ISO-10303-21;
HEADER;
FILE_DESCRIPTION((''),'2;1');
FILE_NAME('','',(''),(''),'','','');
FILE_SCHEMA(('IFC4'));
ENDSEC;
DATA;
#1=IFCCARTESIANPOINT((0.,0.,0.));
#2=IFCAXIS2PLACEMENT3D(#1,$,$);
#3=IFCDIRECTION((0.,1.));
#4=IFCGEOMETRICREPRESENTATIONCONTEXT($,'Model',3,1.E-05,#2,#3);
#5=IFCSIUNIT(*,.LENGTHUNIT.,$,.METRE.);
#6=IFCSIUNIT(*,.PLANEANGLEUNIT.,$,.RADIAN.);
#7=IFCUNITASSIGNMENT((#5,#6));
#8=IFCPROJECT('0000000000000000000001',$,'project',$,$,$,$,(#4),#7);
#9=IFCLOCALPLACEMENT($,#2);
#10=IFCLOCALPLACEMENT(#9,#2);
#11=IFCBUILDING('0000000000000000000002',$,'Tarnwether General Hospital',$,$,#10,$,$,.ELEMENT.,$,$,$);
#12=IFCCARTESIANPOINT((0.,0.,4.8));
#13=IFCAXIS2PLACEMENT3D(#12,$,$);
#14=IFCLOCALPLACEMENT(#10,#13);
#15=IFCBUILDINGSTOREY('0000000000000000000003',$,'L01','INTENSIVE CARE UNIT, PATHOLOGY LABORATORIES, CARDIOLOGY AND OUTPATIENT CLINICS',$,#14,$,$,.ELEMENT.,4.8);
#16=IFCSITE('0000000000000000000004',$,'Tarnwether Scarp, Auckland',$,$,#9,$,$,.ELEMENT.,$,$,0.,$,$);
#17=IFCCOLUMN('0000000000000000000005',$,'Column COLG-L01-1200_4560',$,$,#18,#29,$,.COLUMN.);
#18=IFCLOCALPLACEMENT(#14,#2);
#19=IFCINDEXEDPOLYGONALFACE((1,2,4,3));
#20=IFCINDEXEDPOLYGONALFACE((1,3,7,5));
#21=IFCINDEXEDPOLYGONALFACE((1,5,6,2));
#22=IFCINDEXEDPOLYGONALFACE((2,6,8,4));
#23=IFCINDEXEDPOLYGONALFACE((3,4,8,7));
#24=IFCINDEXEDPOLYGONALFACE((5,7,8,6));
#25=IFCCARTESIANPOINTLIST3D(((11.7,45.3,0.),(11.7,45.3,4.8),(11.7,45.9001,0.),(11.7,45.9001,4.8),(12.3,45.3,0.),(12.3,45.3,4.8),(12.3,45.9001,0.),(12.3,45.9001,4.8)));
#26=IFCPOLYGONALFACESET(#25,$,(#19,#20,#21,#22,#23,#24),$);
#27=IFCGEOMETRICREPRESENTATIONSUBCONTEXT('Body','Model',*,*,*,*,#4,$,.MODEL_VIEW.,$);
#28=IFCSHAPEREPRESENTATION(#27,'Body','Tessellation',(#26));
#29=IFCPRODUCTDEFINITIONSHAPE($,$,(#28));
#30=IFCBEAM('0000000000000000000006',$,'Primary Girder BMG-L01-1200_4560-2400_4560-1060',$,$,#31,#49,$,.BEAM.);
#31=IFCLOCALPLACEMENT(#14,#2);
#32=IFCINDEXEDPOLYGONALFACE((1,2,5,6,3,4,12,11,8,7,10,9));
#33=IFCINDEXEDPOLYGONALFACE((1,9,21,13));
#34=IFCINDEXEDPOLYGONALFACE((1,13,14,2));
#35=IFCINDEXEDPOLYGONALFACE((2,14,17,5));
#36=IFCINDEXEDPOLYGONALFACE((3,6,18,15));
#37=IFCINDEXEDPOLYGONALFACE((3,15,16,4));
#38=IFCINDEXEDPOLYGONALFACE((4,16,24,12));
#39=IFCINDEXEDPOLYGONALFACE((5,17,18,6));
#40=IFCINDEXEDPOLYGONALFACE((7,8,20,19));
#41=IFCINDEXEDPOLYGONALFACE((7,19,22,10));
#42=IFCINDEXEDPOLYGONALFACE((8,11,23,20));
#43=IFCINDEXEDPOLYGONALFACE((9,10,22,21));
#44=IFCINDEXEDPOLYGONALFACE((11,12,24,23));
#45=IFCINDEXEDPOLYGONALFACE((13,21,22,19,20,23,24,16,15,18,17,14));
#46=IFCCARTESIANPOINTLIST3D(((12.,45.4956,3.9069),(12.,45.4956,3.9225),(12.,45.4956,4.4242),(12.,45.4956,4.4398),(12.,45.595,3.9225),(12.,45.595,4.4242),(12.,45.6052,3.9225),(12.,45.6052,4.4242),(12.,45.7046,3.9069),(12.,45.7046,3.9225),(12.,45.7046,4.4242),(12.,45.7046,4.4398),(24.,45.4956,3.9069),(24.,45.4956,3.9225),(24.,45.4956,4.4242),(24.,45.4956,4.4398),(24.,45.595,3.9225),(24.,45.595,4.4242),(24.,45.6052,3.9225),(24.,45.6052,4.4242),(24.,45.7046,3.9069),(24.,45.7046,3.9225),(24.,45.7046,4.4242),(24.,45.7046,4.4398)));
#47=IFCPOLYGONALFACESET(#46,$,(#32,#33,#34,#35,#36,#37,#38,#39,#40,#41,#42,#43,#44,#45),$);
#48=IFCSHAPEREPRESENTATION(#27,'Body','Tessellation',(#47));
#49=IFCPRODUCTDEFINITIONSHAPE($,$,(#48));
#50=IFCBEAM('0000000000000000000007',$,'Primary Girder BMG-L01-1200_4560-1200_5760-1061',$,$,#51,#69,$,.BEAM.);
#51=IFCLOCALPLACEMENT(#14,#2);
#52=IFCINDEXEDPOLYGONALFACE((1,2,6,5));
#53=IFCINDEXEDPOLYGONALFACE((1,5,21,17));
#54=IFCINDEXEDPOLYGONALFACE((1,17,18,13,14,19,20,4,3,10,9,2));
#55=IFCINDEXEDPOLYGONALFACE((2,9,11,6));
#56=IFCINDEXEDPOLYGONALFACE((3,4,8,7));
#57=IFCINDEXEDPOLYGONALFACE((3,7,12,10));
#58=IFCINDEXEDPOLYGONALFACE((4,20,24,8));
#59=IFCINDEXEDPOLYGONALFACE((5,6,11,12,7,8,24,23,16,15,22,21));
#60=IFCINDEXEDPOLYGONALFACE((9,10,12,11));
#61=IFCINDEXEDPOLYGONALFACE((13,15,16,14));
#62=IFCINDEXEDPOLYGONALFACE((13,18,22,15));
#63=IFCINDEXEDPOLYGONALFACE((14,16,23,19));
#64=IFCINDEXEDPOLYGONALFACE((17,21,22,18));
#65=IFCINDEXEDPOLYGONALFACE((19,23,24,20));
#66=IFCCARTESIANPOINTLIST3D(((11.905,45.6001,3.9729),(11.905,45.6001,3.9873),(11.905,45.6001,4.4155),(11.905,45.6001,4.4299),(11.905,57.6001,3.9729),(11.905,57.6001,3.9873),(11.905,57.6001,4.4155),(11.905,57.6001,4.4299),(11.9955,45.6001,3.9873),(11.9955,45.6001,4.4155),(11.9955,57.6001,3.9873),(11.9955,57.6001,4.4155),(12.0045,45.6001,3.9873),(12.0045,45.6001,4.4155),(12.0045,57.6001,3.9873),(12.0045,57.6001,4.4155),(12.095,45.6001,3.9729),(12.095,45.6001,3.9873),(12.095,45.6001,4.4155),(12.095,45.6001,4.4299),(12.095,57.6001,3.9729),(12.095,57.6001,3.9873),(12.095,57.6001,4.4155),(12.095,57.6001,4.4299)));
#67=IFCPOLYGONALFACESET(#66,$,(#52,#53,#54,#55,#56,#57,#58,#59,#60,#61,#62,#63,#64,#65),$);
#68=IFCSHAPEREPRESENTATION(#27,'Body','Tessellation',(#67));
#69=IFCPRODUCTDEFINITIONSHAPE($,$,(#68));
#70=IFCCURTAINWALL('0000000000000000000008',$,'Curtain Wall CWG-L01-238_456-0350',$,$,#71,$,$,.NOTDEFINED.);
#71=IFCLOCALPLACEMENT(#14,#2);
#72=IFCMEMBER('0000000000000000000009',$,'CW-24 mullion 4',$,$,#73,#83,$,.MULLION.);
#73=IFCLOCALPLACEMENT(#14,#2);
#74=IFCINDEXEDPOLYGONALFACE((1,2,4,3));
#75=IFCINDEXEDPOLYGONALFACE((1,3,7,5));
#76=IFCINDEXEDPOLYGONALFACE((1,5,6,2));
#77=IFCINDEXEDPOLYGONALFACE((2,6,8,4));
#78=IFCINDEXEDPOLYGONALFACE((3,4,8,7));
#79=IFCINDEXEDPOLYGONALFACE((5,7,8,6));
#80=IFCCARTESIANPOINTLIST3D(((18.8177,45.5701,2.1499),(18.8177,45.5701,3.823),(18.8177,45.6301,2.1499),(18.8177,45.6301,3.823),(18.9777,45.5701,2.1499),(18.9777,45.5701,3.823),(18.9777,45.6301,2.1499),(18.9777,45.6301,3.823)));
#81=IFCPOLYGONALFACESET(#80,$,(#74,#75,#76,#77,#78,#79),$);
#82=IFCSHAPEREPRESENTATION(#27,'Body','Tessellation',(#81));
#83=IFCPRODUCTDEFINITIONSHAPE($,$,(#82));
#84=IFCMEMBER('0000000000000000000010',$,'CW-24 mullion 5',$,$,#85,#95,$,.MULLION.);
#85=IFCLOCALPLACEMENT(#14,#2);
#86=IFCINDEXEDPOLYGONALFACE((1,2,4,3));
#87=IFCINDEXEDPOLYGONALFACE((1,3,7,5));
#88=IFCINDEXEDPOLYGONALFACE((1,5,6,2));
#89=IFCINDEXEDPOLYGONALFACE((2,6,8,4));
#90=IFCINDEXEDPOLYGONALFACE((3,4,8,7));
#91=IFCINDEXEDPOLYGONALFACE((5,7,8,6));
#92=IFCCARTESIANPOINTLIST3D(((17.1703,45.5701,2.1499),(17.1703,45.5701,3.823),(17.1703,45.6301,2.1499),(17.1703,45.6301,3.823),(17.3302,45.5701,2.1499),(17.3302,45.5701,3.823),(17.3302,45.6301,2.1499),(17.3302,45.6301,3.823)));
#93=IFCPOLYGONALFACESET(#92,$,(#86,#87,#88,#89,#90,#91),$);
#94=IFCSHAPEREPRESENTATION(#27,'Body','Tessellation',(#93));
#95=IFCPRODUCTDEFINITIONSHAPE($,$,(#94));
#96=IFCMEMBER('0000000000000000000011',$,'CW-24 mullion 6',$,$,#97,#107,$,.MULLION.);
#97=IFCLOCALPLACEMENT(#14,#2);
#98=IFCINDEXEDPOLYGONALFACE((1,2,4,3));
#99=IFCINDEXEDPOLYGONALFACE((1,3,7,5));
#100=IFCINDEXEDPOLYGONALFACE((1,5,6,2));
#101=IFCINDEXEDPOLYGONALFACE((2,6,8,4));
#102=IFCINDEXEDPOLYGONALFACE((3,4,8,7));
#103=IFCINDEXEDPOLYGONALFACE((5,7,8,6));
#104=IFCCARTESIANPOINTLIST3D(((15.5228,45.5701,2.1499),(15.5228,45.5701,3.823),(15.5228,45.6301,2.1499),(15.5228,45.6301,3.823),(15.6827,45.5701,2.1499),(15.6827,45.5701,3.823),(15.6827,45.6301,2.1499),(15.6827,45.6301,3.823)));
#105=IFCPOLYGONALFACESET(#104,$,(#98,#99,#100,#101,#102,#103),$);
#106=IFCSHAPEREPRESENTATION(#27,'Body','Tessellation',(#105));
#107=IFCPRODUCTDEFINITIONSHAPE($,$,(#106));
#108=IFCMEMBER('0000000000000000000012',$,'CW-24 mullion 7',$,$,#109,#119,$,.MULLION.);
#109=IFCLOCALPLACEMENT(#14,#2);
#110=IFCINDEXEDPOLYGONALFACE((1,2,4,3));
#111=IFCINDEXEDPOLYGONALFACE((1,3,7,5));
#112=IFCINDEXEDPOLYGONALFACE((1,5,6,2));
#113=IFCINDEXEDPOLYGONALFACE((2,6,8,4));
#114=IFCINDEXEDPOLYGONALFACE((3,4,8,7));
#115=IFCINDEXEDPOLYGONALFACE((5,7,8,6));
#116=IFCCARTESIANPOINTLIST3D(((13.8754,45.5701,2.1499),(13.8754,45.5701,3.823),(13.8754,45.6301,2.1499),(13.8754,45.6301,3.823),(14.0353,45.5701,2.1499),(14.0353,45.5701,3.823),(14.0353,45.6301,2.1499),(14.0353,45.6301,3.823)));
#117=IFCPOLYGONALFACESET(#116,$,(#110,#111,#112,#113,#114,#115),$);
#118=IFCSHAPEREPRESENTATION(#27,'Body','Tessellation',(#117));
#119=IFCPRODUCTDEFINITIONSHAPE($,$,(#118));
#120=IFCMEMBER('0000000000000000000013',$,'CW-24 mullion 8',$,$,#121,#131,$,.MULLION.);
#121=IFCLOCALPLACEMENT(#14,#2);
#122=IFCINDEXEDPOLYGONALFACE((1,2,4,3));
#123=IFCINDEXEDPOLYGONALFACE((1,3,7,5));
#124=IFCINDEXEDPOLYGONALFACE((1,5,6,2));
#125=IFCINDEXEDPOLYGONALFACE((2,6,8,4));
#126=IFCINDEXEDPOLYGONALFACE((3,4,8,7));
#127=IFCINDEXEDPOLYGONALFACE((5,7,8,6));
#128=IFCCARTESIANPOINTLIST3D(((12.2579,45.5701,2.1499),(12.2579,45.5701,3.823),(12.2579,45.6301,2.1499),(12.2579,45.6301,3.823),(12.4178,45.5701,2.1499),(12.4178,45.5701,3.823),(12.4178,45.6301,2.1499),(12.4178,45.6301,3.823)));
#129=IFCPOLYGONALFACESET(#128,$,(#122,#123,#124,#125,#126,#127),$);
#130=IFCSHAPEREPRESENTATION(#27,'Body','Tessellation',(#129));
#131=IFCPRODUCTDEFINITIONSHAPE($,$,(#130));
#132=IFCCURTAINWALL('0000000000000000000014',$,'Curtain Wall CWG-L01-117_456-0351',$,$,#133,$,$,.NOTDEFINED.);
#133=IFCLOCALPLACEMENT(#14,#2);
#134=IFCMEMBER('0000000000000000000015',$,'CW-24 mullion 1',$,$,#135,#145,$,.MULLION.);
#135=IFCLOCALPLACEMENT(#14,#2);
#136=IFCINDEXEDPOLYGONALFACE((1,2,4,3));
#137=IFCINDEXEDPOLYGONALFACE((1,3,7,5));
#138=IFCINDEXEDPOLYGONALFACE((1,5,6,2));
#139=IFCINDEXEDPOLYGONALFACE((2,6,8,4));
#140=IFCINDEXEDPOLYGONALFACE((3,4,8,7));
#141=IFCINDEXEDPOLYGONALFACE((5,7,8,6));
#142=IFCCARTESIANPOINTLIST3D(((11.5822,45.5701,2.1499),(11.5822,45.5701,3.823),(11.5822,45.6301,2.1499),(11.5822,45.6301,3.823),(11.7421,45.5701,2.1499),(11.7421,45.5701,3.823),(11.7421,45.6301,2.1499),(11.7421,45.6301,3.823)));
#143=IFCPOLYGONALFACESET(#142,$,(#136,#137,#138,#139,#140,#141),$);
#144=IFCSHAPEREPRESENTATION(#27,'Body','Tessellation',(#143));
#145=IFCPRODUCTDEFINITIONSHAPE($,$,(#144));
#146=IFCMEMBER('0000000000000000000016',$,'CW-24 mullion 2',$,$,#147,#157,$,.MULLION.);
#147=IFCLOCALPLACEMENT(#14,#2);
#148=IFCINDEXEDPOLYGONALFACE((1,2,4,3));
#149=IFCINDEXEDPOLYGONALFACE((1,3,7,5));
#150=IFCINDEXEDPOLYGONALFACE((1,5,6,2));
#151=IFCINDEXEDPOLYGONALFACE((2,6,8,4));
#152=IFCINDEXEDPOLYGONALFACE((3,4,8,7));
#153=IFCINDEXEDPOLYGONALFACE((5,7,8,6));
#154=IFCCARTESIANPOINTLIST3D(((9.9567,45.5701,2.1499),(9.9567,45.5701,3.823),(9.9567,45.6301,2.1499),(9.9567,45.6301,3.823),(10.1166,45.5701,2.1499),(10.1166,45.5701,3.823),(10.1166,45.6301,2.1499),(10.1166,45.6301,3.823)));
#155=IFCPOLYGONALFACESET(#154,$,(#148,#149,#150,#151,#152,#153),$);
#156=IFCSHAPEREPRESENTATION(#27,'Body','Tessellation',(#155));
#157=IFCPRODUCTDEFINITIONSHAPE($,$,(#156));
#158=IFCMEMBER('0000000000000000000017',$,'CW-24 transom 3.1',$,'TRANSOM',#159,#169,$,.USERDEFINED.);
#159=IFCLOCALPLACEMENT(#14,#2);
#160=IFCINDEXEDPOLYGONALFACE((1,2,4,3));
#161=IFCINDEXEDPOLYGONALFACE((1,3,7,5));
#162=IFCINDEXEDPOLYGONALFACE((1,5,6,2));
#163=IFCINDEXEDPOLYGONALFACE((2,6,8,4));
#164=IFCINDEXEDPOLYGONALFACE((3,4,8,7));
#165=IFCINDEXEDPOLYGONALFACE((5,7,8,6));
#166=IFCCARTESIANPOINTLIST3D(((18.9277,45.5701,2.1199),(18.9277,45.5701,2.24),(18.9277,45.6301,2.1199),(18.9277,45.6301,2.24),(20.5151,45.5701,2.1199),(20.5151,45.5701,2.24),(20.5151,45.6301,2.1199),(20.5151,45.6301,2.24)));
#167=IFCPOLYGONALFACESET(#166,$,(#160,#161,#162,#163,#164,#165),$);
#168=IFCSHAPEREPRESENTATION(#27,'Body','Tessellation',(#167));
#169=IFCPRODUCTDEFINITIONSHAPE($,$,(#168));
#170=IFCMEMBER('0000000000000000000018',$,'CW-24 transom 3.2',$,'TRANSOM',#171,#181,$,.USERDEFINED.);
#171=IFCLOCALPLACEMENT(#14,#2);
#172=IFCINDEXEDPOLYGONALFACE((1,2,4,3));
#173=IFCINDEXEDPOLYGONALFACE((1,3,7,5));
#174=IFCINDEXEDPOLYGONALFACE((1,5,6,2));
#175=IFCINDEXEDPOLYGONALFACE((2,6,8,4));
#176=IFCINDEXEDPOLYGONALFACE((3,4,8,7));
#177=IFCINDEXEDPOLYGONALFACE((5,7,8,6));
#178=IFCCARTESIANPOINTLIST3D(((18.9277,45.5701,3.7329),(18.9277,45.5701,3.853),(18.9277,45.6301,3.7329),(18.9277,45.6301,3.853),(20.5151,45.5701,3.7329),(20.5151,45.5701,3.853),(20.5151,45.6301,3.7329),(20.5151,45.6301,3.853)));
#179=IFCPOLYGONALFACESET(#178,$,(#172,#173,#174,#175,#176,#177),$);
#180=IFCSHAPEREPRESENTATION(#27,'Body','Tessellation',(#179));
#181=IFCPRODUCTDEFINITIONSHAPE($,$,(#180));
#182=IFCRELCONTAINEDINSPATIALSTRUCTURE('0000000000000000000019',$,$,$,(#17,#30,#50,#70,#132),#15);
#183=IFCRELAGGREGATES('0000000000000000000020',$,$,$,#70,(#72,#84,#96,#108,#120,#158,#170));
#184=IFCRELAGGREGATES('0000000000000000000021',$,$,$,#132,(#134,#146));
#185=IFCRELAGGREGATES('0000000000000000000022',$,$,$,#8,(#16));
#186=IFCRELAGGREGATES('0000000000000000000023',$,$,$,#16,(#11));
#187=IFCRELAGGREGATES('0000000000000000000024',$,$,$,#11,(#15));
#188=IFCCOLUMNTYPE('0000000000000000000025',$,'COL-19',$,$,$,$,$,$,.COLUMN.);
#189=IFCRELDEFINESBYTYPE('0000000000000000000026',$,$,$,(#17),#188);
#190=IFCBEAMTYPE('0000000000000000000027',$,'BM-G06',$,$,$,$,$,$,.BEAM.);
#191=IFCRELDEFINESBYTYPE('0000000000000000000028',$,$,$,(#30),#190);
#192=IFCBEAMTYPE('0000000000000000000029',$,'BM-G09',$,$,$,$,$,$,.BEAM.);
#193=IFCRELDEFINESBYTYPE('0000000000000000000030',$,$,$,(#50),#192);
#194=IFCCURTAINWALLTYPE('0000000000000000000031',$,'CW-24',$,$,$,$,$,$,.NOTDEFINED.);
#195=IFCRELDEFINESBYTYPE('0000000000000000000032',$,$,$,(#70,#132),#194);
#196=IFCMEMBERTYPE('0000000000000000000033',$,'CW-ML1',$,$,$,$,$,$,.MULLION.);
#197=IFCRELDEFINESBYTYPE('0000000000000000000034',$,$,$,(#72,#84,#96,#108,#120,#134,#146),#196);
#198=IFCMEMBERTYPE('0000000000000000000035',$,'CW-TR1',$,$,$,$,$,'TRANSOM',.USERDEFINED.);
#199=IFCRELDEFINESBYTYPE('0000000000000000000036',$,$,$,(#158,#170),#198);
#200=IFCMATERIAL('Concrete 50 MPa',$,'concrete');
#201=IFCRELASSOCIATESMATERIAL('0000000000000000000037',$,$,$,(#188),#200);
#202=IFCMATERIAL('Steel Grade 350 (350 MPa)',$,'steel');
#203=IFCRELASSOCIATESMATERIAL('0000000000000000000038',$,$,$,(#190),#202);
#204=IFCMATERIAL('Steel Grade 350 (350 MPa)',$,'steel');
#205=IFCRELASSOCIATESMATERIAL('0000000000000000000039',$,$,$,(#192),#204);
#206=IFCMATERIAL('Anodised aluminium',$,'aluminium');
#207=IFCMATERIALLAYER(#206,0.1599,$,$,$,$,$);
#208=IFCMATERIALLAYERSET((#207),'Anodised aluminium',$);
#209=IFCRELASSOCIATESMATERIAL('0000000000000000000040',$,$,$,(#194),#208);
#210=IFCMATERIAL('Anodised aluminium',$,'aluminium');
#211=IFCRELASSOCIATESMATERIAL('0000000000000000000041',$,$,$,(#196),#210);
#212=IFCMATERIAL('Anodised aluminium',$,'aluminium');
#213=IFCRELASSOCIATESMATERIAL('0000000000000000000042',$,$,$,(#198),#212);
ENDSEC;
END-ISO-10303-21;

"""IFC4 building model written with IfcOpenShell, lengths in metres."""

from ifc_helpers import new_model, si_unit, direction, frame, origin, origin_2d, place, context, subcontext, project, spatial, rectangle, i_section, extrude, material, layer, layer_set, material_profile, profile_set, type_object, element, aggregate, save


model = new_model("IFC4")

# Units and contexts
model_context = context("Model", 3, precision=1e-05, world=origin(), true_north=direction((0.0, 1.0)))
body_context = subcontext(model_context, "Body", "Model", "MODEL_VIEW")
ifc_project = project(units=[si_unit("LENGTHUNIT", "METRE"), si_unit("PLANEANGLEUNIT", "RADIAN")], contexts=[model_context])

# Site, building, storey
site_placement = place(None, origin())
site = spatial("IfcSite", under=ifc_project, at=site_placement, Name="Tarnwether Scarp, Auckland", CompositionType="ELEMENT", RefElevation=0.0)
building_placement = place(site_placement, origin())
building = spatial("IfcBuilding", under=site, at=building_placement, Name="Tarnwether General Hospital", CompositionType="ELEMENT")
storey_placement = place(building_placement, frame((0.0, 0.0, 4.8)))
storey = spatial("IfcBuildingStorey", under=building, at=storey_placement, Name="L01", Description="INTENSIVE CARE UNIT, PATHOLOGY LABORATORIES, CARDIOLOGY AND OUTPATIENT CLINICS", CompositionType="ELEMENT", Elevation=4.8)

# Column
ifc_material_1 = material(Name="Concrete 50 MPa", Category="concrete")
ifc_material_profile_1 = material_profile(ifc_material_1, rectangle(XDim=0.6001, YDim=0.6001, at=origin_2d()), Name="RC-COL-600x600")
ifc_profile_set_1 = profile_set([ifc_material_profile_1], Name="Concrete 50 MPa")
column_type = type_object("IfcColumnType", Name="COL-19", PredefinedType="COLUMN", material=ifc_profile_set_1)
column_placement = place(storey_placement, frame((12.0, 45.6001, 0.0), z_axis=(0.0, 0.0, 1.0), x_axis=(0.0, 1.0, 0.0)))
element("IfcColumn", 1, at=column_placement, inside=storey, type_object=column_type, Name="Column COLG-L01-1200_4560", PredefinedType="COLUMN", context=body_context, shape_type="SweptSolid", body=[
    extrude(rectangle(XDim=0.6001, YDim=0.6001, at=origin_2d()), origin(), (0.0, 0.0, 1.0), 4.8),
])

# Beams
ifc_material_2 = material(Name="Steel Grade 350 (350 MPa)", Category="steel")
ifc_material_profile_2 = material_profile(ifc_material_2, i_section(OverallWidth=0.209, OverallDepth=0.533, WebThickness=0.0103, FlangeThickness=0.0156, at=origin_2d()), Name="530UB92.4")
ifc_profile_set_2 = profile_set([ifc_material_profile_2], Name="Steel Grade 350 (350 MPa)")
beam_type_1 = type_object("IfcBeamType", Name="BM-G06", PredefinedType="BEAM", material=ifc_profile_set_2)
beam_1_placement = place(storey_placement, frame((12.0, 45.6001, 4.1733), z_axis=(1.0, 0.0, 0.0), x_axis=(0.0, 1.0, 0.0)))
element("IfcBeam", 2, at=beam_1_placement, inside=storey, type_object=beam_type_1, Name="Primary Girder BMG-L01-1200_4560-2400_4560-1060", PredefinedType="BEAM", context=body_context, shape_type="SweptSolid", body=[
    extrude(i_section(OverallWidth=0.209, OverallDepth=0.533, WebThickness=0.0103, FlangeThickness=0.0156, at=origin_2d()), origin(), (0.0, 0.0, 1.0), 12.0),
])
ifc_material_3 = material(Name="Steel Grade 350 (350 MPa)", Category="steel")
ifc_material_profile_3 = material_profile(ifc_material_3, i_section(OverallWidth=0.1899, OverallDepth=0.457, WebThickness=0.009, FlangeThickness=0.0144, at=origin_2d()), Name="460UB74.6")
ifc_profile_set_3 = profile_set([ifc_material_profile_3], Name="Steel Grade 350 (350 MPa)")
beam_type_2 = type_object("IfcBeamType", Name="BM-G09", PredefinedType="BEAM", material=ifc_profile_set_3)
beam_2_placement = place(storey_placement, frame((12.0, 45.6001, 4.2014), z_axis=(0.0, 1.0, 0.0), x_axis=(-1.0, 0.0, 0.0)))
element("IfcBeam", 3, at=beam_2_placement, inside=storey, type_object=beam_type_2, Name="Primary Girder BMG-L01-1200_4560-1200_5760-1061", PredefinedType="BEAM", context=body_context, shape_type="SweptSolid", body=[
    extrude(i_section(OverallWidth=0.1899, OverallDepth=0.457, WebThickness=0.009, FlangeThickness=0.0144, at=origin_2d()), origin(), (0.0, 0.0, 1.0), 12.0),
])

# Curtain walls, members
ifc_material_4 = material(Name="Anodised aluminium", Category="aluminium")
ifc_layer_1 = layer(ifc_material_4, 0.1599)
ifc_layer_set_1 = layer_set([ifc_layer_1], Name="Anodised aluminium")
curtain_wall_type = type_object("IfcCurtainWallType", Name="CW-24", PredefinedType="NOTDEFINED", material=ifc_layer_set_1)
curtain_wall_1_placement = place(storey_placement, origin())
curtain_wall_1 = element("IfcCurtainWall", 4, at=curtain_wall_1_placement, inside=storey, type_object=curtain_wall_type, Name="Curtain Wall CWG-L01-238_456-0350", PredefinedType="NOTDEFINED")
ifc_material_5 = material(Name="Anodised aluminium", Category="aluminium")
ifc_material_profile_4 = material_profile(ifc_material_5, rectangle(XDim=0.0601, YDim=0.1599, at=origin_2d()), Name="ALU-MUL-60x160")
ifc_profile_set_4 = profile_set([ifc_material_profile_4], Name="Anodised aluminium")
member_type_1 = type_object("IfcMemberType", Name="CW-ML1", PredefinedType="MULLION", material=ifc_profile_set_4)
member_1_placement = place(storey_placement, frame((18.8977, 45.6001, 2.1499), z_axis=(0.0, 0.0, 1.0), x_axis=(0.0, -1.0, 0.0)))
member_1 = element("IfcMember", 5, at=member_1_placement, type_object=member_type_1, Name="CW-24 mullion 4", PredefinedType="MULLION", context=body_context, shape_type="SweptSolid", body=[
    extrude(rectangle(XDim=0.0601, YDim=0.1599, at=origin_2d()), origin(), (0.0, 0.0, 1.0), 1.6731),
])
member_2_placement = place(storey_placement, frame((17.2502, 45.6001, 2.1499), z_axis=(0.0, 0.0, 1.0), x_axis=(0.0, -1.0, 0.0)))
member_2 = element("IfcMember", 6, at=member_2_placement, type_object=member_type_1, Name="CW-24 mullion 5", PredefinedType="MULLION", context=body_context, shape_type="SweptSolid", body=[
    extrude(rectangle(XDim=0.0601, YDim=0.1599, at=origin_2d()), origin(), (0.0, 0.0, 1.0), 1.6731),
])
member_3_placement = place(storey_placement, frame((15.6028, 45.6001, 2.1499), z_axis=(0.0, 0.0, 1.0), x_axis=(0.0, -1.0, 0.0)))
member_3 = element("IfcMember", 7, at=member_3_placement, type_object=member_type_1, Name="CW-24 mullion 6", PredefinedType="MULLION", context=body_context, shape_type="SweptSolid", body=[
    extrude(rectangle(XDim=0.0601, YDim=0.1599, at=origin_2d()), origin(), (0.0, 0.0, 1.0), 1.6731),
])
member_4_placement = place(storey_placement, frame((13.9553, 45.6001, 2.1499), z_axis=(0.0, 0.0, 1.0), x_axis=(0.0, -1.0, 0.0)))
member_4 = element("IfcMember", 8, at=member_4_placement, type_object=member_type_1, Name="CW-24 mullion 7", PredefinedType="MULLION", context=body_context, shape_type="SweptSolid", body=[
    extrude(rectangle(XDim=0.0601, YDim=0.1599, at=origin_2d()), origin(), (0.0, 0.0, 1.0), 1.6731),
])
member_5_placement = place(storey_placement, frame((12.3379, 45.6001, 2.1499), z_axis=(0.0, 0.0, 1.0), x_axis=(0.0, -1.0, 0.0)))
member_5 = element("IfcMember", 9, at=member_5_placement, type_object=member_type_1, Name="CW-24 mullion 8", PredefinedType="MULLION", context=body_context, shape_type="SweptSolid", body=[
    extrude(rectangle(XDim=0.0601, YDim=0.1599, at=origin_2d()), origin(), (0.0, 0.0, 1.0), 1.6731),
])
curtain_wall_2_placement = place(storey_placement, origin())
curtain_wall_2 = element("IfcCurtainWall", 10, at=curtain_wall_2_placement, inside=storey, type_object=curtain_wall_type, Name="Curtain Wall CWG-L01-117_456-0351", PredefinedType="NOTDEFINED")
member_6_placement = place(storey_placement, frame((11.6621, 45.6001, 2.1499), z_axis=(0.0, 0.0, 1.0), x_axis=(0.0, -1.0, 0.0)))
member_6 = element("IfcMember", 11, at=member_6_placement, type_object=member_type_1, Name="CW-24 mullion 1", PredefinedType="MULLION", context=body_context, shape_type="SweptSolid", body=[
    extrude(rectangle(XDim=0.0601, YDim=0.1599, at=origin_2d()), origin(), (0.0, 0.0, 1.0), 1.6731),
])
member_7_placement = place(storey_placement, frame((10.0366, 45.6001, 2.1499), z_axis=(0.0, 0.0, 1.0), x_axis=(0.0, -1.0, 0.0)))
member_7 = element("IfcMember", 12, at=member_7_placement, type_object=member_type_1, Name="CW-24 mullion 2", PredefinedType="MULLION", context=body_context, shape_type="SweptSolid", body=[
    extrude(rectangle(XDim=0.0601, YDim=0.1599, at=origin_2d()), origin(), (0.0, 0.0, 1.0), 1.6731),
])

# Members
ifc_material_6 = material(Name="Anodised aluminium", Category="aluminium")
ifc_material_profile_5 = material_profile(ifc_material_6, rectangle(XDim=0.0601, YDim=0.1201, at=origin_2d()), Name="ALU-TRN-60x120")
ifc_profile_set_5 = profile_set([ifc_material_profile_5], Name="Anodised aluminium")
member_type_2 = type_object("IfcMemberType", Name="CW-TR1", ElementType="TRANSOM", PredefinedType="USERDEFINED", material=ifc_profile_set_5)
member_8_placement = place(storey_placement, frame((20.5151, 45.6001, 2.1799), z_axis=(-1.0, 0.0, 0.0), x_axis=(0.0, -1.0, 0.0)))
member_8 = element("IfcMember", 13, at=member_8_placement, type_object=member_type_2, Name="CW-24 transom 3.1", ObjectType="TRANSOM", PredefinedType="USERDEFINED", context=body_context, shape_type="SweptSolid", body=[
    extrude(rectangle(XDim=0.0601, YDim=0.1201, at=origin_2d()), origin(), (0.0, 0.0, 1.0), 1.5874),
])
member_9_placement = place(storey_placement, frame((20.5151, 45.6001, 3.793), z_axis=(-1.0, 0.0, 0.0), x_axis=(0.0, -1.0, 0.0)))
member_9 = element("IfcMember", 14, at=member_9_placement, type_object=member_type_2, Name="CW-24 transom 3.2", ObjectType="TRANSOM", PredefinedType="USERDEFINED", context=body_context, shape_type="SweptSolid", body=[
    extrude(rectangle(XDim=0.0601, YDim=0.1201, at=origin_2d()), origin(), (0.0, 0.0, 1.0), 1.5874),
])

aggregate(curtain_wall_1, [member_1, member_2, member_3, member_4, member_5, member_8, member_9])
aggregate(curtain_wall_2, [member_6, member_7])

save(model, "model.ifc")
